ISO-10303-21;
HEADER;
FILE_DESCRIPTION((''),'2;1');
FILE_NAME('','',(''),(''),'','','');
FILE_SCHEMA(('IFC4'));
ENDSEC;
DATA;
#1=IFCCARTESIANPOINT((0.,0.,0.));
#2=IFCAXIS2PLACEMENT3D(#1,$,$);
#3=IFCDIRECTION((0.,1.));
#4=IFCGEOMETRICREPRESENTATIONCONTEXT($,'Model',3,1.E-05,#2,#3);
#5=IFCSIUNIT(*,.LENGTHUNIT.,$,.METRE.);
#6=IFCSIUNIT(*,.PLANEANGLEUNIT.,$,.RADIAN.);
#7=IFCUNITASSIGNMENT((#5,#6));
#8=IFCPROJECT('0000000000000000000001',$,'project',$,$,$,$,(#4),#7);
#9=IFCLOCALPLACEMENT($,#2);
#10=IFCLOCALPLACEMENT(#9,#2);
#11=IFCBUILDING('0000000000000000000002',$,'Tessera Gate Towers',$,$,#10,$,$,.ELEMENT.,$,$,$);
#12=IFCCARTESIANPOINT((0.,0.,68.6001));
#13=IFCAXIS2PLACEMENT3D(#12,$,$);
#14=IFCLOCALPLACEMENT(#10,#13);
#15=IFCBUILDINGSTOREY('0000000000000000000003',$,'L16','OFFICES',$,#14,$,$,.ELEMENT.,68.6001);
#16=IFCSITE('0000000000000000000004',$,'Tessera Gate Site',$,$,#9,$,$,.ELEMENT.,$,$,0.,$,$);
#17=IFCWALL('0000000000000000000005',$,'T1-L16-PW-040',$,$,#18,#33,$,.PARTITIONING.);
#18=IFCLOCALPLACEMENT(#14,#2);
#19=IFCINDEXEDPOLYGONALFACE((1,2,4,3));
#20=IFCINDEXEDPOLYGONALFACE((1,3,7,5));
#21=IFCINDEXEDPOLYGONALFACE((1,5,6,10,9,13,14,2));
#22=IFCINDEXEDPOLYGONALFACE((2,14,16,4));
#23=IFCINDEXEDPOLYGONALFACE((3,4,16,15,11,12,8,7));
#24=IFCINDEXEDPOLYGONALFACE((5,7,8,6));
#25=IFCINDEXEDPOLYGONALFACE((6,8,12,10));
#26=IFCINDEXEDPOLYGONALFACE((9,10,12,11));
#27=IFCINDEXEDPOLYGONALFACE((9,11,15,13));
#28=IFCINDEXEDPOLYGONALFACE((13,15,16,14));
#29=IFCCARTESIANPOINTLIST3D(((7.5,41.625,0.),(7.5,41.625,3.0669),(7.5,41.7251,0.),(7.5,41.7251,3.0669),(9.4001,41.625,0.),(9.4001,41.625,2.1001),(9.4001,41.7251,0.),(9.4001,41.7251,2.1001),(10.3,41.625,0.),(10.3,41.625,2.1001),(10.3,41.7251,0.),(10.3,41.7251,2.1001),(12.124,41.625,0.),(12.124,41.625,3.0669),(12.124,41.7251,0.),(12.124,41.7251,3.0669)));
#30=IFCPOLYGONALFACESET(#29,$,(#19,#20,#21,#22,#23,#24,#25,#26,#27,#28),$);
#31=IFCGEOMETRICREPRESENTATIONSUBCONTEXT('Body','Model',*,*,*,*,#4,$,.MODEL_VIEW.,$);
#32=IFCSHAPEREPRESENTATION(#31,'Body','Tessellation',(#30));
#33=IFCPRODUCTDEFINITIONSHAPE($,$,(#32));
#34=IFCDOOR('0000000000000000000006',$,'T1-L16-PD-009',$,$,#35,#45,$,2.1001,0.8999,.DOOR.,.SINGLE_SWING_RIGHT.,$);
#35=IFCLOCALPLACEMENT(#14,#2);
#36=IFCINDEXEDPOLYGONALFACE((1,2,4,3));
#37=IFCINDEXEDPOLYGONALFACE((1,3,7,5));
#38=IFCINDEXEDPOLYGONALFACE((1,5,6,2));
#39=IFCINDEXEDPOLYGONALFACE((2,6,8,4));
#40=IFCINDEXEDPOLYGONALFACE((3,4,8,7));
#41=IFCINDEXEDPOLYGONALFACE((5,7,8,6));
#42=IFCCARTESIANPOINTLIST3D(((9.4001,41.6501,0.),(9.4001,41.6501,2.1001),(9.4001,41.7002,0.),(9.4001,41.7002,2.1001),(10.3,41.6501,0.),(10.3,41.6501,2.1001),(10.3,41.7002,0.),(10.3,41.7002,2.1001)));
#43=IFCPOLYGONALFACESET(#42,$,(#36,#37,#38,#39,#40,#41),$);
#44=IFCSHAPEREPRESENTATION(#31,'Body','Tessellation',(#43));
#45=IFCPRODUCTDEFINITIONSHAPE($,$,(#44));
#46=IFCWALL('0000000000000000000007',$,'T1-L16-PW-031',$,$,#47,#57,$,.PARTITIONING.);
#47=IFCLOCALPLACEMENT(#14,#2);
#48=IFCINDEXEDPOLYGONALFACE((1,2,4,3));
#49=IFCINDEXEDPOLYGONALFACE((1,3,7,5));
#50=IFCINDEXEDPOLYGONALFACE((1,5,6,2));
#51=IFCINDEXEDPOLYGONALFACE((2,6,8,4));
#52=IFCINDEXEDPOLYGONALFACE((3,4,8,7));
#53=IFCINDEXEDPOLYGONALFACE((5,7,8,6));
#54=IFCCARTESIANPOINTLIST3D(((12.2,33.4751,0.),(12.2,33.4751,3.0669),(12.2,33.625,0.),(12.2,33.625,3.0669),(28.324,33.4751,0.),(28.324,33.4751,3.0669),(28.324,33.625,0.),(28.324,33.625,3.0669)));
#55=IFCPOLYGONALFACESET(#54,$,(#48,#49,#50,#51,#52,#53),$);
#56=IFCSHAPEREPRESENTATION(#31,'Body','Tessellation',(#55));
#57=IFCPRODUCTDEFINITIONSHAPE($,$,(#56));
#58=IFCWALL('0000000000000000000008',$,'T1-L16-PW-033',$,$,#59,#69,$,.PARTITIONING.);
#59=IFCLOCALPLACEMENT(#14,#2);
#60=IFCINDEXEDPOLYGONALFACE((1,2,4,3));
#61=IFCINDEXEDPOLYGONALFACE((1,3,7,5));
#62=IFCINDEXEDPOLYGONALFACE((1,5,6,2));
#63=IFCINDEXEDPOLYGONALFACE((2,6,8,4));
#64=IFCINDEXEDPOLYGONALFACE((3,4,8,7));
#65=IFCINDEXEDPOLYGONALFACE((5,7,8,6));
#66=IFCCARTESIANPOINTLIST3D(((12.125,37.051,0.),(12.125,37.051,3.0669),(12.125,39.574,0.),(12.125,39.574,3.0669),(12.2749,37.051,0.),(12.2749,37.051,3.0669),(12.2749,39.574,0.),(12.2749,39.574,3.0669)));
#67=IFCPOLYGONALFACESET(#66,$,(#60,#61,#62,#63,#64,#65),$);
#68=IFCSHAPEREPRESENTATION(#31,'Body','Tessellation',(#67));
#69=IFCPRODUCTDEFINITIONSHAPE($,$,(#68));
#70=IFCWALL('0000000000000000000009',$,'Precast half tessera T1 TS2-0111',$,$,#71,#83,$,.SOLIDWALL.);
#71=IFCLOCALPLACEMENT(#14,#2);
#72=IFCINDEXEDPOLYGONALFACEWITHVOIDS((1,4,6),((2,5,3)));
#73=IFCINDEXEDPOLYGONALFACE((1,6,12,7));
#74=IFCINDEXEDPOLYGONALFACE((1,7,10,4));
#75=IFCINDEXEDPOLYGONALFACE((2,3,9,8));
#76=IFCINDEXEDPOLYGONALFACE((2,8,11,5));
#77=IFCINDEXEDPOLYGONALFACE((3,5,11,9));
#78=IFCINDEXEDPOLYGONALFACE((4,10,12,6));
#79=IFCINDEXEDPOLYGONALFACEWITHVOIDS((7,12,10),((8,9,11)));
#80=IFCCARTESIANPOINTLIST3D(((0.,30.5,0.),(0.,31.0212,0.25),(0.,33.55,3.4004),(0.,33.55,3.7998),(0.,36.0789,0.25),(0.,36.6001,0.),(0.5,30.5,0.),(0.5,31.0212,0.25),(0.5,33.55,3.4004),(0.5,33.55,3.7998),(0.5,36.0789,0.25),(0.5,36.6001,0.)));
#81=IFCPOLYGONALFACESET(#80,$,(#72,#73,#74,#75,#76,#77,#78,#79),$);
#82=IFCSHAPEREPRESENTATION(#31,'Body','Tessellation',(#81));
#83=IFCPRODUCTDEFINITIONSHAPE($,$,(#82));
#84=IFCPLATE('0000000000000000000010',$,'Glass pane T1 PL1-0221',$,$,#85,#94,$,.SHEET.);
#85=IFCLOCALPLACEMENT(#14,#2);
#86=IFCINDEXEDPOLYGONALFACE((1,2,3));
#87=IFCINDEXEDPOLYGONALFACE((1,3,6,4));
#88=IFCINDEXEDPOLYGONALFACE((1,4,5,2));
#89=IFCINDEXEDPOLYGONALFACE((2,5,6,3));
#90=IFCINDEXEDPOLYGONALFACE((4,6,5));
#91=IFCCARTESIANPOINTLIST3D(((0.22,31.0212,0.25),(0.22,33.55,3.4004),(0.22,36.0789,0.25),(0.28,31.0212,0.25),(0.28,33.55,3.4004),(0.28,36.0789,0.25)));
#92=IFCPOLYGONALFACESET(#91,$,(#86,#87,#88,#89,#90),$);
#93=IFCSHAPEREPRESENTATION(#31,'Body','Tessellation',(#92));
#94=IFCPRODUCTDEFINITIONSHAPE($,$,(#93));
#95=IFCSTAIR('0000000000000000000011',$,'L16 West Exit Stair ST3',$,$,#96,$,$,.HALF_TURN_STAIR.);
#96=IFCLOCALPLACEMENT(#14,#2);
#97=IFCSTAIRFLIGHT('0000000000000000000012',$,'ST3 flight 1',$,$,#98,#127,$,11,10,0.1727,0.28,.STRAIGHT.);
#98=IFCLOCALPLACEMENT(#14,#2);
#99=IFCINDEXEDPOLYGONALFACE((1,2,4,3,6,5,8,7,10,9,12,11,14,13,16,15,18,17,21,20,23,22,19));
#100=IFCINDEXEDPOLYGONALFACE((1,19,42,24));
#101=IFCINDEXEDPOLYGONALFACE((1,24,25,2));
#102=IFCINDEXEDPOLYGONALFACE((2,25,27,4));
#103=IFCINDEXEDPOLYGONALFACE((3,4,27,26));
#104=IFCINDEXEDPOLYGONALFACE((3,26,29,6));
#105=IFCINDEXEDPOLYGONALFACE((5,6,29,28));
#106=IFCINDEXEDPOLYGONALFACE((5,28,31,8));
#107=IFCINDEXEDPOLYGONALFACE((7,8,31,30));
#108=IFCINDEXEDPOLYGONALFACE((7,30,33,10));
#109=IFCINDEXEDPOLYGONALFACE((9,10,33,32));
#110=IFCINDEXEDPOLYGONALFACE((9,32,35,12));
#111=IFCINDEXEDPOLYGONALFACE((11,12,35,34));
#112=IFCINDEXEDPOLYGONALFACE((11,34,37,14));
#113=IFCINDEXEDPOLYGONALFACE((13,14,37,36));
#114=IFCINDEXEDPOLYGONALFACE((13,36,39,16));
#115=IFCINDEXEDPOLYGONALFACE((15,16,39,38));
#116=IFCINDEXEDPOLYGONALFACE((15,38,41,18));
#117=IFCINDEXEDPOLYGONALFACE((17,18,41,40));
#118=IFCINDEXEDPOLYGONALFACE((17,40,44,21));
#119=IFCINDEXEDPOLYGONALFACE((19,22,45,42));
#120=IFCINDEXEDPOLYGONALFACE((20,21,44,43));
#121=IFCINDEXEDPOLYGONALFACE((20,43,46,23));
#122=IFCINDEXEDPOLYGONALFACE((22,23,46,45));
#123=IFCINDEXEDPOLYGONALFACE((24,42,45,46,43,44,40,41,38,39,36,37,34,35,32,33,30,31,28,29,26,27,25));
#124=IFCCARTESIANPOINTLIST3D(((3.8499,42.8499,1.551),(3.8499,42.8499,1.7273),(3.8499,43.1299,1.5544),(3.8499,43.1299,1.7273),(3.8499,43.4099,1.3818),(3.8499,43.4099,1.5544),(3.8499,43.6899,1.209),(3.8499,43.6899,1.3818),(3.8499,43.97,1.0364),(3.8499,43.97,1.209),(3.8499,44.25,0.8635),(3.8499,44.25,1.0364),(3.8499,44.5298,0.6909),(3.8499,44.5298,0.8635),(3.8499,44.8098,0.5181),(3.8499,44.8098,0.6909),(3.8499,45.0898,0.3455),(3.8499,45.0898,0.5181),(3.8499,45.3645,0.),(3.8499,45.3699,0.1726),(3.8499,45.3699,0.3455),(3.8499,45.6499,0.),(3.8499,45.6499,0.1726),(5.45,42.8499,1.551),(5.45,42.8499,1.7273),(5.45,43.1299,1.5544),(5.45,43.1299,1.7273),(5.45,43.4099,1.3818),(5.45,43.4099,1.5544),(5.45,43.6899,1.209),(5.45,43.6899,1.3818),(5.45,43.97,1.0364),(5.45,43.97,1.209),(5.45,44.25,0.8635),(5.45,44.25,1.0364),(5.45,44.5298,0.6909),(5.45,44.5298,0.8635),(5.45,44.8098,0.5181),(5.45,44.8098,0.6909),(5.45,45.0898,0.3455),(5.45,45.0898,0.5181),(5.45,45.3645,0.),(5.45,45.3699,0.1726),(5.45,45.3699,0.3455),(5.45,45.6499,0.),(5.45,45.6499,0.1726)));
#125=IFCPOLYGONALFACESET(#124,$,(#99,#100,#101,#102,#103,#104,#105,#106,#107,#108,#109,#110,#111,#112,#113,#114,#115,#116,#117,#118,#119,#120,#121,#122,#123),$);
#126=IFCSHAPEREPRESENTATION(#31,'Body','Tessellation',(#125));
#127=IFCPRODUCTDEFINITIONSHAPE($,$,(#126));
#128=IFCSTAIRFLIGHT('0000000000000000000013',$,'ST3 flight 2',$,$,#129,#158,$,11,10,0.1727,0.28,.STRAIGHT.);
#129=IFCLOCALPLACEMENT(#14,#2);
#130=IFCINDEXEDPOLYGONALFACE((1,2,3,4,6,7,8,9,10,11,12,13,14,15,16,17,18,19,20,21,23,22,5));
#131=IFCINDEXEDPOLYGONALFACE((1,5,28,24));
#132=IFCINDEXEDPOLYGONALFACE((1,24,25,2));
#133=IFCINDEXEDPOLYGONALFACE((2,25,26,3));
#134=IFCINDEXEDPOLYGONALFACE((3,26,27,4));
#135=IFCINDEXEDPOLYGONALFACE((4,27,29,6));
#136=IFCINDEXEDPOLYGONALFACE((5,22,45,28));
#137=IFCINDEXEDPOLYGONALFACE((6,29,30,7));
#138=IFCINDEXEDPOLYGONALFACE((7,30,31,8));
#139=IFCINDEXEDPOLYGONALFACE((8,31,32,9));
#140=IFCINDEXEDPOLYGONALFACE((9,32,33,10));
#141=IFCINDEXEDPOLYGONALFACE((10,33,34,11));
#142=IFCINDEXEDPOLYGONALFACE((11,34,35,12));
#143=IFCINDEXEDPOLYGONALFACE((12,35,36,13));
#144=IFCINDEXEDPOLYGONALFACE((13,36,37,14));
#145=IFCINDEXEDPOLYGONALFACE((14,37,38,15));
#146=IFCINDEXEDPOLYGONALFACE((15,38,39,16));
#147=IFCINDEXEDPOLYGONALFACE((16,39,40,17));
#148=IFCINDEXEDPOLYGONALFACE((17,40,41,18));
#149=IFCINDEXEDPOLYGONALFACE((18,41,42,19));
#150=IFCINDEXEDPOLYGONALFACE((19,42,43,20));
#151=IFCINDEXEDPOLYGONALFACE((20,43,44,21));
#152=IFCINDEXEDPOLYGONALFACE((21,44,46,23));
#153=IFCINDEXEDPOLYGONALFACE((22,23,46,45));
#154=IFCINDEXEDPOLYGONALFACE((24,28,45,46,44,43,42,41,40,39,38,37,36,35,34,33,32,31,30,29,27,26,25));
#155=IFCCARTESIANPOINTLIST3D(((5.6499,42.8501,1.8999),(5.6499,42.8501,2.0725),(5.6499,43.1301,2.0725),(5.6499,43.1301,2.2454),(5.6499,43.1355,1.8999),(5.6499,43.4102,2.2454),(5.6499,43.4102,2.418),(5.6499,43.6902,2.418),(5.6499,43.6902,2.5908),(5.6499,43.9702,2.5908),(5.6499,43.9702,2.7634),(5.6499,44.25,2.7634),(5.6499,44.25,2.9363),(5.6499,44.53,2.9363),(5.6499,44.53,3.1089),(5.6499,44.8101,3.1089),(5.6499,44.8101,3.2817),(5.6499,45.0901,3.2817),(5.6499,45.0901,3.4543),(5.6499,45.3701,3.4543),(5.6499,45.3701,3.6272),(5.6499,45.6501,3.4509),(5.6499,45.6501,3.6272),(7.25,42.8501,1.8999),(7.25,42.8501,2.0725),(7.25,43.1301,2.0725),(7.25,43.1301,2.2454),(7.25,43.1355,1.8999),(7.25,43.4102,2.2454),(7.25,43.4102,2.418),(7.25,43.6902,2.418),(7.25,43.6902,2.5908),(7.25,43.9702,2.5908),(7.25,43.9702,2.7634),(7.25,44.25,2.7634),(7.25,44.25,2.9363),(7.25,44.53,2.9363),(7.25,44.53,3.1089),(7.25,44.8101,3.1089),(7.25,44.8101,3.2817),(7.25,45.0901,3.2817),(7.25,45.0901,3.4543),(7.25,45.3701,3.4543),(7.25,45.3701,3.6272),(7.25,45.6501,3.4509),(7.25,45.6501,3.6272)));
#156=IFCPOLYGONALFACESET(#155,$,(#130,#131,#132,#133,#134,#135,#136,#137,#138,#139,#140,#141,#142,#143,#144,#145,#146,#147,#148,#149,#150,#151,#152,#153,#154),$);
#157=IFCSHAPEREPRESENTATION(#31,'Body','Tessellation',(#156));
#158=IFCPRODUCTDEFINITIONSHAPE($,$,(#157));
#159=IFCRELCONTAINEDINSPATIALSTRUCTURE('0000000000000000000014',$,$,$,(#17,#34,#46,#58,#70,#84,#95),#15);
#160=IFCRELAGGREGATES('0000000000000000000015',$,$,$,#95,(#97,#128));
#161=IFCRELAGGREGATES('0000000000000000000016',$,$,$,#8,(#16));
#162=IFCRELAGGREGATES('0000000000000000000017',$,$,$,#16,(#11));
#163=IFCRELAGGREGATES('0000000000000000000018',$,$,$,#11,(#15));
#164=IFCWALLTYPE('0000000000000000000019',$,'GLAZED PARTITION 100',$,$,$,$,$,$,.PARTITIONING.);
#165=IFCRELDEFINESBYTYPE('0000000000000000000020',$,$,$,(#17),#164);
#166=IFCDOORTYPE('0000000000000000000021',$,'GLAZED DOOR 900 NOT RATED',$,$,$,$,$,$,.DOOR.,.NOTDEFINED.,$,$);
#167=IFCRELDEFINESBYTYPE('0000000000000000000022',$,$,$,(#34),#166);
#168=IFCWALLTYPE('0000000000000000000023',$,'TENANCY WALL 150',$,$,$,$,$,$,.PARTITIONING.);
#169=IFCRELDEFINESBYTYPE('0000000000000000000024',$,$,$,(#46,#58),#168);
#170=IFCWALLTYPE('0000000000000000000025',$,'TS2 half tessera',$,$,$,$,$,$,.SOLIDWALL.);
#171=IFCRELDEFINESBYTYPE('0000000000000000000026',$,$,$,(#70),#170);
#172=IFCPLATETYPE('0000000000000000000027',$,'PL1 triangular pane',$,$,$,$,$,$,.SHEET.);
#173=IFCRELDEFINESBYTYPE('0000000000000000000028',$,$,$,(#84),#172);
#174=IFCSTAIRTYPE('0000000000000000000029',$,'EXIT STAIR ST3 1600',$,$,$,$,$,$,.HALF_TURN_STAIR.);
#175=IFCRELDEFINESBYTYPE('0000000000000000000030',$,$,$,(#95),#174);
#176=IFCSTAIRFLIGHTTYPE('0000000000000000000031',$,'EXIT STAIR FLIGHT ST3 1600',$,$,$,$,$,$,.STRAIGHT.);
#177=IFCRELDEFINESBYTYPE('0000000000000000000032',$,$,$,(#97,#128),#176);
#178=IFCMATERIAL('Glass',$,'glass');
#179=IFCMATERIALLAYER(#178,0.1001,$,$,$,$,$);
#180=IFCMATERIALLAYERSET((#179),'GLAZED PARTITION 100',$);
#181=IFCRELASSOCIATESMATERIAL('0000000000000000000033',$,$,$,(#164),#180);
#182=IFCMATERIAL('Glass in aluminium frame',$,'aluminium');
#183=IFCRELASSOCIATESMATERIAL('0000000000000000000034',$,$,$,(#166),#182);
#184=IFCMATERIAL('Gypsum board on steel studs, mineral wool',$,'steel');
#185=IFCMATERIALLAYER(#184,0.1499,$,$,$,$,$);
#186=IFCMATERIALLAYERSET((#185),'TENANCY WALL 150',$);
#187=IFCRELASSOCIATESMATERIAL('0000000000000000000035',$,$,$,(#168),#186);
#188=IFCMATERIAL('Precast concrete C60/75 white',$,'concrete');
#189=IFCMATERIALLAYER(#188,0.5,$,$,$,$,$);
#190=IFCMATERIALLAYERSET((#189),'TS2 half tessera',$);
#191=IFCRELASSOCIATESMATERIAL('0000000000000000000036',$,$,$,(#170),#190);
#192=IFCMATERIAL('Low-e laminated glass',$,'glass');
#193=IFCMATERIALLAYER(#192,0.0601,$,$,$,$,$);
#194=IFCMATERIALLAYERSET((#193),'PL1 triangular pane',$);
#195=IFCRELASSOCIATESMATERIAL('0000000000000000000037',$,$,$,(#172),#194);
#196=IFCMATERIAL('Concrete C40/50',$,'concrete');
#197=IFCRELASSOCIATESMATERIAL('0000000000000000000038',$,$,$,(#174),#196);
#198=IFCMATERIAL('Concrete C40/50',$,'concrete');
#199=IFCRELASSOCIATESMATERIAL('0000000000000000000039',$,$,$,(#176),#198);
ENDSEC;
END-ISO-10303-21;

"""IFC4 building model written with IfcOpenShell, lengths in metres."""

from ifc_helpers import new_model, si_unit, direction, frame, frame_2d, origin, place, context, subcontext, project, spatial, polyline, rectangle, outline, extrude, source, transform, mapped, material, layer, layer_set, type_object, element, fill, aggregate, save


model = new_model("IFC4")

# Units and contexts
model_context = context("Model", 3, precision=1e-05, world=origin(), true_north=direction((0.0, 1.0)))
body_context = subcontext(model_context, "Body", "Model", "MODEL_VIEW")
ifc_project = project(units=[si_unit("LENGTHUNIT", "METRE"), si_unit("PLANEANGLEUNIT", "RADIAN")], contexts=[model_context])

# Site, building, storey
site_placement = place(None, origin())
site = spatial("IfcSite", under=ifc_project, at=site_placement, Name="Tessera Gate Site", CompositionType="ELEMENT", RefElevation=0.0)
building_placement = place(site_placement, origin())
building = spatial("IfcBuilding", under=site, at=building_placement, Name="Tessera Gate Towers", CompositionType="ELEMENT")
storey_placement = place(building_placement, frame((0.0, 0.0, 68.6001)))
storey = spatial("IfcBuildingStorey", under=building, at=storey_placement, Name="L16", Description="OFFICES", CompositionType="ELEMENT", Elevation=68.6001)

# Shared definitions
shared_shape_1 = source(origin(), body_context, "Body", "SweptSolid", [
    extrude(rectangle(XDim=0.8999, YDim=2.1001, at=frame_2d((0.45, 1.05))), frame((0.0, 0.0249, 0.0), z_axis=(0.0, -1.0, 0.0), x_axis=(1.0, 0.0, 0.0)), (0.0, 0.0, 1.0), 0.05),
])

# Wall, opening, door
ifc_material_1 = material(Name="Glass", Category="glass")
ifc_layer_1 = layer(ifc_material_1, 0.1001)
ifc_layer_set_1 = layer_set([ifc_layer_1], Name="GLAZED PARTITION 100")
wall_type_1 = type_object("IfcWallType", Name="GLAZED PARTITION 100", PredefinedType="PARTITIONING", material=ifc_layer_set_1)
wall_1_placement = place(storey_placement, frame((12.124, 41.675, 0.0), z_axis=(0.0, 0.0, 1.0), x_axis=(-1.0, 0.0, 0.0)))
wall_1 = element("IfcWall", 1, at=wall_1_placement, inside=storey, type_object=wall_type_1, Name="T1-L16-PW-040", PredefinedType="PARTITIONING", context=body_context, shape_type="SweptSolid", body=[
    extrude(rectangle(XDim=4.624, YDim=0.1001, at=frame_2d((2.312, 0.0))), origin(), (0.0, 0.0, 1.0), 3.0669),
])
shared_shape_2 = source(origin(), body_context, "Body", "SweptSolid", [
    extrude(rectangle(XDim=0.8999, YDim=2.1001, at=frame_2d((0.45, 1.05))), frame((0.0, 0.0601, 0.0), z_axis=(0.0, -1.0, 0.0), x_axis=(1.0, 0.0, 0.0)), (0.0, 0.0, 1.0), 0.1201),
])
opening_1_placement = place(wall_1_placement, frame((1.824, 0.0, 0.0)))
opening_1 = element("IfcOpeningElement", 2, at=opening_1_placement, cuts=wall_1, PredefinedType="OPENING", context=body_context, shape_type="MappedRepresentation", body=[
    mapped(shared_shape_2, transform((0.0, 0.0, 0.0), scale=1.0)),
])
ifc_material_2 = material(Name="Glass in aluminium frame", Category="aluminium")
door_type_1 = type_object("IfcDoorType", Name="GLAZED DOOR 900 NOT RATED", OperationType="NOTDEFINED", PredefinedType="DOOR", material=ifc_material_2)
door_1_placement = place(opening_1_placement, origin())
door_1 = element("IfcDoor", 3, at=door_1_placement, inside=storey, type_object=door_type_1, Name="T1-L16-PD-009", OperationType="SINGLE_SWING_RIGHT", OverallHeight=2.1001, OverallWidth=0.8999, PredefinedType="DOOR", context=body_context, shape_type="MappedRepresentation", body=[
    mapped(shared_shape_1, transform((0.0, 0.0, 0.0), scale=1.0)),
])
fill(opening_1, door_1)

# Walls
ifc_material_3 = material(Name="Gypsum board on steel studs, mineral wool", Category="steel")
ifc_layer_2 = layer(ifc_material_3, 0.1499)
ifc_layer_set_2 = layer_set([ifc_layer_2], Name="TENANCY WALL 150")
wall_type_2 = type_object("IfcWallType", Name="TENANCY WALL 150", PredefinedType="PARTITIONING", material=ifc_layer_set_2)
wall_2_placement = place(storey_placement, frame((12.2, 33.55, 0.0), z_axis=(0.0, 0.0, 1.0), x_axis=(1.0, 0.0, 0.0)))
element("IfcWall", 4, at=wall_2_placement, inside=storey, type_object=wall_type_2, Name="T1-L16-PW-031", PredefinedType="PARTITIONING", context=body_context, shape_type="SweptSolid", body=[
    extrude(rectangle(XDim=16.124, YDim=0.1499, at=frame_2d((8.062, 0.0))), origin(), (0.0, 0.0, 1.0), 3.0669),
])
wall_3_placement = place(storey_placement, frame((12.2, 37.051, 0.0), z_axis=(0.0, 0.0, 1.0), x_axis=(0.0, 1.0, 0.0)))
element("IfcWall", 5, at=wall_3_placement, inside=storey, type_object=wall_type_2, Name="T1-L16-PW-033", PredefinedType="PARTITIONING", context=body_context, shape_type="SweptSolid", body=[
    extrude(rectangle(XDim=2.5229, YDim=0.1499, at=frame_2d((1.2615, 0.0))), origin(), (0.0, 0.0, 1.0), 3.0669),
])

# Wall, opening, plate
ifc_material_4 = material(Name="Precast concrete C60/75 white", Category="concrete")
ifc_layer_3 = layer(ifc_material_4, 0.5)
ifc_layer_set_3 = layer_set([ifc_layer_3], Name="TS2 half tessera")
wall_type_3 = type_object("IfcWallType", Name="TS2 half tessera", PredefinedType="SOLIDWALL", material=ifc_layer_set_3)
shared_shape_3 = source(origin(), body_context, "Body", "SweptSolid", [
    extrude(outline(polyline([(6.1001, 0.0), (3.05, 3.7998), (0.0, 0.0), (6.1001, 0.0)])), frame((0.0, 0.25, 0.0), z_axis=(0.0, -1.0, 0.0), x_axis=(1.0, 0.0, 0.0)), (0.0, 0.0, 1.0), 0.5),
])
wall_4_placement = place(storey_placement, frame((0.25, 36.6001, 0.0), z_axis=(0.0, 0.0, 1.0), x_axis=(0.0, -1.0, 0.0)))
wall_4 = element("IfcWall", 6, at=wall_4_placement, inside=storey, type_object=wall_type_3, Name="Precast half tessera T1 TS2-0111", PredefinedType="SOLIDWALL", context=body_context, shape_type="MappedRepresentation", body=[
    mapped(shared_shape_3, transform((0.0, 0.0, 0.0), scale=1.0)),
])
shared_shape_4 = source(origin(), body_context, "Body", "SweptSolid", [
    extrude(outline(polyline([(5.5789, 0.25), (3.05, 3.4004), (0.5212, 0.25), (5.5789, 0.25)])), frame((0.0, 0.26, 0.0), z_axis=(0.0, -1.0, 0.0), x_axis=(1.0, 0.0, 0.0)), (0.0, 0.0, 1.0), 0.52),
])
opening_2_placement = place(wall_4_placement, origin())
opening_2 = element("IfcOpeningElement", 7, at=opening_2_placement, cuts=wall_4, PredefinedType="OPENING", context=body_context, shape_type="MappedRepresentation", body=[
    mapped(shared_shape_4, transform((0.0, 0.0, 0.0), scale=1.0)),
])
ifc_material_5 = material(Name="Low-e laminated glass", Category="glass")
ifc_layer_4 = layer(ifc_material_5, 0.0601)
ifc_layer_set_4 = layer_set([ifc_layer_4], Name="PL1 triangular pane")
plate_type = type_object("IfcPlateType", Name="PL1 triangular pane", PredefinedType="SHEET", material=ifc_layer_set_4)
shared_shape_5 = source(origin(), body_context, "Body", "SweptSolid", [
    extrude(outline(polyline([(5.5789, 0.25), (3.05, 3.4004), (0.5212, 0.25), (5.5789, 0.25)])), frame((0.0, 0.03, 0.0), z_axis=(0.0, -1.0, 0.0), x_axis=(1.0, 0.0, 0.0)), (0.0, 0.0, 1.0), 0.0601),
])
plate_placement = place(opening_2_placement, origin())
plate = element("IfcPlate", 8, at=plate_placement, inside=storey, type_object=plate_type, Name="Glass pane T1 PL1-0221", PredefinedType="SHEET", context=body_context, shape_type="MappedRepresentation", body=[
    mapped(shared_shape_5, transform((0.0, 0.0, 0.0), scale=1.0)),
])
fill(opening_2, plate)

# Stair, stair flights
ifc_material_6 = material(Name="Concrete C40/50", Category="concrete")
stair_type = type_object("IfcStairType", Name="EXIT STAIR ST3 1600", PredefinedType="HALF_TURN_STAIR", material=ifc_material_6)
stair_placement = place(storey_placement, origin())
stair = element("IfcStair", 9, at=stair_placement, inside=storey, type_object=stair_type, Name="L16 West Exit Stair ST3", PredefinedType="HALF_TURN_STAIR")
ifc_material_7 = material(Name="Concrete C40/50", Category="concrete")
stair_flight_type = type_object("IfcStairFlightType", Name="EXIT STAIR FLIGHT ST3 1600", PredefinedType="STRAIGHT", material=ifc_material_7)
stair_flight_1_placement = place(storey_placement, frame((4.6499, 45.6499, 0.0), z_axis=(0.0, 0.0, 1.0), x_axis=(0.0, -1.0, 0.0)))
stair_flight_1 = element("IfcStairFlight", 10, at=stair_flight_1_placement, type_object=stair_flight_type, Name="ST3 flight 1", NumberOfRisers=11, NumberOfTreads=10, PredefinedType="STRAIGHT", RiserHeight=0.1727, TreadLength=0.28, context=body_context, shape_type="SweptSolid", body=[
    extrude(outline(polyline([(0.0, 0.0), (0.0, 0.1726), (0.28, 0.1726), (0.28, 0.3455), (0.5601, 0.3455), (0.5601, 0.5181), (0.8401, 0.5181), (0.8401, 0.6909), (1.1201, 0.6909), (1.1201, 0.8635), (1.3999, 0.8635), (1.3999, 1.0364), (1.6799, 1.0364), (1.6799, 1.209), (1.96, 1.209), (1.96, 1.3818), (2.24, 1.3818), (2.24, 1.5544), (2.52, 1.5544), (2.52, 1.7273), (2.8, 1.7273), (2.8, 1.8999), (2.8, 1.551), (0.2854, 0.0), (0.0, 0.0)])), frame((0.0, 0.8, 0.0), z_axis=(0.0, -1.0, 0.0), x_axis=(1.0, 0.0, 0.0)), (0.0, 0.0, 1.0), 1.6001),
])
stair_flight_2_placement = place(storey_placement, frame((6.45, 42.8501, 1.8999), z_axis=(0.0, 0.0, 1.0), x_axis=(0.0, 1.0, 0.0)))
stair_flight_2 = element("IfcStairFlight", 11, at=stair_flight_2_placement, type_object=stair_flight_type, Name="ST3 flight 2", NumberOfRisers=11, NumberOfTreads=10, PredefinedType="STRAIGHT", RiserHeight=0.1727, TreadLength=0.28, context=body_context, shape_type="SweptSolid", body=[
    extrude(outline(polyline([(0.0, 0.0), (0.0, 0.1726), (0.28, 0.1726), (0.28, 0.3455), (0.5601, 0.3455), (0.5601, 0.5181), (0.8401, 0.5181), (0.8401, 0.6909), (1.1201, 0.6909), (1.1201, 0.8635), (1.3999, 0.8635), (1.3999, 1.0364), (1.6799, 1.0364), (1.6799, 1.209), (1.96, 1.209), (1.96, 1.3818), (2.24, 1.3818), (2.24, 1.5544), (2.52, 1.5544), (2.52, 1.7273), (2.8, 1.7273), (2.8, 1.8999), (2.8, 1.551), (0.2854, 0.0), (0.0, 0.0)])), frame((0.0, 0.8, 0.0), z_axis=(0.0, -1.0, 0.0), x_axis=(1.0, 0.0, 0.0)), (0.0, 0.0, 1.0), 1.6001),
])
aggregate(stair, [stair_flight_1, stair_flight_2])

save(model, "model.ifc")
